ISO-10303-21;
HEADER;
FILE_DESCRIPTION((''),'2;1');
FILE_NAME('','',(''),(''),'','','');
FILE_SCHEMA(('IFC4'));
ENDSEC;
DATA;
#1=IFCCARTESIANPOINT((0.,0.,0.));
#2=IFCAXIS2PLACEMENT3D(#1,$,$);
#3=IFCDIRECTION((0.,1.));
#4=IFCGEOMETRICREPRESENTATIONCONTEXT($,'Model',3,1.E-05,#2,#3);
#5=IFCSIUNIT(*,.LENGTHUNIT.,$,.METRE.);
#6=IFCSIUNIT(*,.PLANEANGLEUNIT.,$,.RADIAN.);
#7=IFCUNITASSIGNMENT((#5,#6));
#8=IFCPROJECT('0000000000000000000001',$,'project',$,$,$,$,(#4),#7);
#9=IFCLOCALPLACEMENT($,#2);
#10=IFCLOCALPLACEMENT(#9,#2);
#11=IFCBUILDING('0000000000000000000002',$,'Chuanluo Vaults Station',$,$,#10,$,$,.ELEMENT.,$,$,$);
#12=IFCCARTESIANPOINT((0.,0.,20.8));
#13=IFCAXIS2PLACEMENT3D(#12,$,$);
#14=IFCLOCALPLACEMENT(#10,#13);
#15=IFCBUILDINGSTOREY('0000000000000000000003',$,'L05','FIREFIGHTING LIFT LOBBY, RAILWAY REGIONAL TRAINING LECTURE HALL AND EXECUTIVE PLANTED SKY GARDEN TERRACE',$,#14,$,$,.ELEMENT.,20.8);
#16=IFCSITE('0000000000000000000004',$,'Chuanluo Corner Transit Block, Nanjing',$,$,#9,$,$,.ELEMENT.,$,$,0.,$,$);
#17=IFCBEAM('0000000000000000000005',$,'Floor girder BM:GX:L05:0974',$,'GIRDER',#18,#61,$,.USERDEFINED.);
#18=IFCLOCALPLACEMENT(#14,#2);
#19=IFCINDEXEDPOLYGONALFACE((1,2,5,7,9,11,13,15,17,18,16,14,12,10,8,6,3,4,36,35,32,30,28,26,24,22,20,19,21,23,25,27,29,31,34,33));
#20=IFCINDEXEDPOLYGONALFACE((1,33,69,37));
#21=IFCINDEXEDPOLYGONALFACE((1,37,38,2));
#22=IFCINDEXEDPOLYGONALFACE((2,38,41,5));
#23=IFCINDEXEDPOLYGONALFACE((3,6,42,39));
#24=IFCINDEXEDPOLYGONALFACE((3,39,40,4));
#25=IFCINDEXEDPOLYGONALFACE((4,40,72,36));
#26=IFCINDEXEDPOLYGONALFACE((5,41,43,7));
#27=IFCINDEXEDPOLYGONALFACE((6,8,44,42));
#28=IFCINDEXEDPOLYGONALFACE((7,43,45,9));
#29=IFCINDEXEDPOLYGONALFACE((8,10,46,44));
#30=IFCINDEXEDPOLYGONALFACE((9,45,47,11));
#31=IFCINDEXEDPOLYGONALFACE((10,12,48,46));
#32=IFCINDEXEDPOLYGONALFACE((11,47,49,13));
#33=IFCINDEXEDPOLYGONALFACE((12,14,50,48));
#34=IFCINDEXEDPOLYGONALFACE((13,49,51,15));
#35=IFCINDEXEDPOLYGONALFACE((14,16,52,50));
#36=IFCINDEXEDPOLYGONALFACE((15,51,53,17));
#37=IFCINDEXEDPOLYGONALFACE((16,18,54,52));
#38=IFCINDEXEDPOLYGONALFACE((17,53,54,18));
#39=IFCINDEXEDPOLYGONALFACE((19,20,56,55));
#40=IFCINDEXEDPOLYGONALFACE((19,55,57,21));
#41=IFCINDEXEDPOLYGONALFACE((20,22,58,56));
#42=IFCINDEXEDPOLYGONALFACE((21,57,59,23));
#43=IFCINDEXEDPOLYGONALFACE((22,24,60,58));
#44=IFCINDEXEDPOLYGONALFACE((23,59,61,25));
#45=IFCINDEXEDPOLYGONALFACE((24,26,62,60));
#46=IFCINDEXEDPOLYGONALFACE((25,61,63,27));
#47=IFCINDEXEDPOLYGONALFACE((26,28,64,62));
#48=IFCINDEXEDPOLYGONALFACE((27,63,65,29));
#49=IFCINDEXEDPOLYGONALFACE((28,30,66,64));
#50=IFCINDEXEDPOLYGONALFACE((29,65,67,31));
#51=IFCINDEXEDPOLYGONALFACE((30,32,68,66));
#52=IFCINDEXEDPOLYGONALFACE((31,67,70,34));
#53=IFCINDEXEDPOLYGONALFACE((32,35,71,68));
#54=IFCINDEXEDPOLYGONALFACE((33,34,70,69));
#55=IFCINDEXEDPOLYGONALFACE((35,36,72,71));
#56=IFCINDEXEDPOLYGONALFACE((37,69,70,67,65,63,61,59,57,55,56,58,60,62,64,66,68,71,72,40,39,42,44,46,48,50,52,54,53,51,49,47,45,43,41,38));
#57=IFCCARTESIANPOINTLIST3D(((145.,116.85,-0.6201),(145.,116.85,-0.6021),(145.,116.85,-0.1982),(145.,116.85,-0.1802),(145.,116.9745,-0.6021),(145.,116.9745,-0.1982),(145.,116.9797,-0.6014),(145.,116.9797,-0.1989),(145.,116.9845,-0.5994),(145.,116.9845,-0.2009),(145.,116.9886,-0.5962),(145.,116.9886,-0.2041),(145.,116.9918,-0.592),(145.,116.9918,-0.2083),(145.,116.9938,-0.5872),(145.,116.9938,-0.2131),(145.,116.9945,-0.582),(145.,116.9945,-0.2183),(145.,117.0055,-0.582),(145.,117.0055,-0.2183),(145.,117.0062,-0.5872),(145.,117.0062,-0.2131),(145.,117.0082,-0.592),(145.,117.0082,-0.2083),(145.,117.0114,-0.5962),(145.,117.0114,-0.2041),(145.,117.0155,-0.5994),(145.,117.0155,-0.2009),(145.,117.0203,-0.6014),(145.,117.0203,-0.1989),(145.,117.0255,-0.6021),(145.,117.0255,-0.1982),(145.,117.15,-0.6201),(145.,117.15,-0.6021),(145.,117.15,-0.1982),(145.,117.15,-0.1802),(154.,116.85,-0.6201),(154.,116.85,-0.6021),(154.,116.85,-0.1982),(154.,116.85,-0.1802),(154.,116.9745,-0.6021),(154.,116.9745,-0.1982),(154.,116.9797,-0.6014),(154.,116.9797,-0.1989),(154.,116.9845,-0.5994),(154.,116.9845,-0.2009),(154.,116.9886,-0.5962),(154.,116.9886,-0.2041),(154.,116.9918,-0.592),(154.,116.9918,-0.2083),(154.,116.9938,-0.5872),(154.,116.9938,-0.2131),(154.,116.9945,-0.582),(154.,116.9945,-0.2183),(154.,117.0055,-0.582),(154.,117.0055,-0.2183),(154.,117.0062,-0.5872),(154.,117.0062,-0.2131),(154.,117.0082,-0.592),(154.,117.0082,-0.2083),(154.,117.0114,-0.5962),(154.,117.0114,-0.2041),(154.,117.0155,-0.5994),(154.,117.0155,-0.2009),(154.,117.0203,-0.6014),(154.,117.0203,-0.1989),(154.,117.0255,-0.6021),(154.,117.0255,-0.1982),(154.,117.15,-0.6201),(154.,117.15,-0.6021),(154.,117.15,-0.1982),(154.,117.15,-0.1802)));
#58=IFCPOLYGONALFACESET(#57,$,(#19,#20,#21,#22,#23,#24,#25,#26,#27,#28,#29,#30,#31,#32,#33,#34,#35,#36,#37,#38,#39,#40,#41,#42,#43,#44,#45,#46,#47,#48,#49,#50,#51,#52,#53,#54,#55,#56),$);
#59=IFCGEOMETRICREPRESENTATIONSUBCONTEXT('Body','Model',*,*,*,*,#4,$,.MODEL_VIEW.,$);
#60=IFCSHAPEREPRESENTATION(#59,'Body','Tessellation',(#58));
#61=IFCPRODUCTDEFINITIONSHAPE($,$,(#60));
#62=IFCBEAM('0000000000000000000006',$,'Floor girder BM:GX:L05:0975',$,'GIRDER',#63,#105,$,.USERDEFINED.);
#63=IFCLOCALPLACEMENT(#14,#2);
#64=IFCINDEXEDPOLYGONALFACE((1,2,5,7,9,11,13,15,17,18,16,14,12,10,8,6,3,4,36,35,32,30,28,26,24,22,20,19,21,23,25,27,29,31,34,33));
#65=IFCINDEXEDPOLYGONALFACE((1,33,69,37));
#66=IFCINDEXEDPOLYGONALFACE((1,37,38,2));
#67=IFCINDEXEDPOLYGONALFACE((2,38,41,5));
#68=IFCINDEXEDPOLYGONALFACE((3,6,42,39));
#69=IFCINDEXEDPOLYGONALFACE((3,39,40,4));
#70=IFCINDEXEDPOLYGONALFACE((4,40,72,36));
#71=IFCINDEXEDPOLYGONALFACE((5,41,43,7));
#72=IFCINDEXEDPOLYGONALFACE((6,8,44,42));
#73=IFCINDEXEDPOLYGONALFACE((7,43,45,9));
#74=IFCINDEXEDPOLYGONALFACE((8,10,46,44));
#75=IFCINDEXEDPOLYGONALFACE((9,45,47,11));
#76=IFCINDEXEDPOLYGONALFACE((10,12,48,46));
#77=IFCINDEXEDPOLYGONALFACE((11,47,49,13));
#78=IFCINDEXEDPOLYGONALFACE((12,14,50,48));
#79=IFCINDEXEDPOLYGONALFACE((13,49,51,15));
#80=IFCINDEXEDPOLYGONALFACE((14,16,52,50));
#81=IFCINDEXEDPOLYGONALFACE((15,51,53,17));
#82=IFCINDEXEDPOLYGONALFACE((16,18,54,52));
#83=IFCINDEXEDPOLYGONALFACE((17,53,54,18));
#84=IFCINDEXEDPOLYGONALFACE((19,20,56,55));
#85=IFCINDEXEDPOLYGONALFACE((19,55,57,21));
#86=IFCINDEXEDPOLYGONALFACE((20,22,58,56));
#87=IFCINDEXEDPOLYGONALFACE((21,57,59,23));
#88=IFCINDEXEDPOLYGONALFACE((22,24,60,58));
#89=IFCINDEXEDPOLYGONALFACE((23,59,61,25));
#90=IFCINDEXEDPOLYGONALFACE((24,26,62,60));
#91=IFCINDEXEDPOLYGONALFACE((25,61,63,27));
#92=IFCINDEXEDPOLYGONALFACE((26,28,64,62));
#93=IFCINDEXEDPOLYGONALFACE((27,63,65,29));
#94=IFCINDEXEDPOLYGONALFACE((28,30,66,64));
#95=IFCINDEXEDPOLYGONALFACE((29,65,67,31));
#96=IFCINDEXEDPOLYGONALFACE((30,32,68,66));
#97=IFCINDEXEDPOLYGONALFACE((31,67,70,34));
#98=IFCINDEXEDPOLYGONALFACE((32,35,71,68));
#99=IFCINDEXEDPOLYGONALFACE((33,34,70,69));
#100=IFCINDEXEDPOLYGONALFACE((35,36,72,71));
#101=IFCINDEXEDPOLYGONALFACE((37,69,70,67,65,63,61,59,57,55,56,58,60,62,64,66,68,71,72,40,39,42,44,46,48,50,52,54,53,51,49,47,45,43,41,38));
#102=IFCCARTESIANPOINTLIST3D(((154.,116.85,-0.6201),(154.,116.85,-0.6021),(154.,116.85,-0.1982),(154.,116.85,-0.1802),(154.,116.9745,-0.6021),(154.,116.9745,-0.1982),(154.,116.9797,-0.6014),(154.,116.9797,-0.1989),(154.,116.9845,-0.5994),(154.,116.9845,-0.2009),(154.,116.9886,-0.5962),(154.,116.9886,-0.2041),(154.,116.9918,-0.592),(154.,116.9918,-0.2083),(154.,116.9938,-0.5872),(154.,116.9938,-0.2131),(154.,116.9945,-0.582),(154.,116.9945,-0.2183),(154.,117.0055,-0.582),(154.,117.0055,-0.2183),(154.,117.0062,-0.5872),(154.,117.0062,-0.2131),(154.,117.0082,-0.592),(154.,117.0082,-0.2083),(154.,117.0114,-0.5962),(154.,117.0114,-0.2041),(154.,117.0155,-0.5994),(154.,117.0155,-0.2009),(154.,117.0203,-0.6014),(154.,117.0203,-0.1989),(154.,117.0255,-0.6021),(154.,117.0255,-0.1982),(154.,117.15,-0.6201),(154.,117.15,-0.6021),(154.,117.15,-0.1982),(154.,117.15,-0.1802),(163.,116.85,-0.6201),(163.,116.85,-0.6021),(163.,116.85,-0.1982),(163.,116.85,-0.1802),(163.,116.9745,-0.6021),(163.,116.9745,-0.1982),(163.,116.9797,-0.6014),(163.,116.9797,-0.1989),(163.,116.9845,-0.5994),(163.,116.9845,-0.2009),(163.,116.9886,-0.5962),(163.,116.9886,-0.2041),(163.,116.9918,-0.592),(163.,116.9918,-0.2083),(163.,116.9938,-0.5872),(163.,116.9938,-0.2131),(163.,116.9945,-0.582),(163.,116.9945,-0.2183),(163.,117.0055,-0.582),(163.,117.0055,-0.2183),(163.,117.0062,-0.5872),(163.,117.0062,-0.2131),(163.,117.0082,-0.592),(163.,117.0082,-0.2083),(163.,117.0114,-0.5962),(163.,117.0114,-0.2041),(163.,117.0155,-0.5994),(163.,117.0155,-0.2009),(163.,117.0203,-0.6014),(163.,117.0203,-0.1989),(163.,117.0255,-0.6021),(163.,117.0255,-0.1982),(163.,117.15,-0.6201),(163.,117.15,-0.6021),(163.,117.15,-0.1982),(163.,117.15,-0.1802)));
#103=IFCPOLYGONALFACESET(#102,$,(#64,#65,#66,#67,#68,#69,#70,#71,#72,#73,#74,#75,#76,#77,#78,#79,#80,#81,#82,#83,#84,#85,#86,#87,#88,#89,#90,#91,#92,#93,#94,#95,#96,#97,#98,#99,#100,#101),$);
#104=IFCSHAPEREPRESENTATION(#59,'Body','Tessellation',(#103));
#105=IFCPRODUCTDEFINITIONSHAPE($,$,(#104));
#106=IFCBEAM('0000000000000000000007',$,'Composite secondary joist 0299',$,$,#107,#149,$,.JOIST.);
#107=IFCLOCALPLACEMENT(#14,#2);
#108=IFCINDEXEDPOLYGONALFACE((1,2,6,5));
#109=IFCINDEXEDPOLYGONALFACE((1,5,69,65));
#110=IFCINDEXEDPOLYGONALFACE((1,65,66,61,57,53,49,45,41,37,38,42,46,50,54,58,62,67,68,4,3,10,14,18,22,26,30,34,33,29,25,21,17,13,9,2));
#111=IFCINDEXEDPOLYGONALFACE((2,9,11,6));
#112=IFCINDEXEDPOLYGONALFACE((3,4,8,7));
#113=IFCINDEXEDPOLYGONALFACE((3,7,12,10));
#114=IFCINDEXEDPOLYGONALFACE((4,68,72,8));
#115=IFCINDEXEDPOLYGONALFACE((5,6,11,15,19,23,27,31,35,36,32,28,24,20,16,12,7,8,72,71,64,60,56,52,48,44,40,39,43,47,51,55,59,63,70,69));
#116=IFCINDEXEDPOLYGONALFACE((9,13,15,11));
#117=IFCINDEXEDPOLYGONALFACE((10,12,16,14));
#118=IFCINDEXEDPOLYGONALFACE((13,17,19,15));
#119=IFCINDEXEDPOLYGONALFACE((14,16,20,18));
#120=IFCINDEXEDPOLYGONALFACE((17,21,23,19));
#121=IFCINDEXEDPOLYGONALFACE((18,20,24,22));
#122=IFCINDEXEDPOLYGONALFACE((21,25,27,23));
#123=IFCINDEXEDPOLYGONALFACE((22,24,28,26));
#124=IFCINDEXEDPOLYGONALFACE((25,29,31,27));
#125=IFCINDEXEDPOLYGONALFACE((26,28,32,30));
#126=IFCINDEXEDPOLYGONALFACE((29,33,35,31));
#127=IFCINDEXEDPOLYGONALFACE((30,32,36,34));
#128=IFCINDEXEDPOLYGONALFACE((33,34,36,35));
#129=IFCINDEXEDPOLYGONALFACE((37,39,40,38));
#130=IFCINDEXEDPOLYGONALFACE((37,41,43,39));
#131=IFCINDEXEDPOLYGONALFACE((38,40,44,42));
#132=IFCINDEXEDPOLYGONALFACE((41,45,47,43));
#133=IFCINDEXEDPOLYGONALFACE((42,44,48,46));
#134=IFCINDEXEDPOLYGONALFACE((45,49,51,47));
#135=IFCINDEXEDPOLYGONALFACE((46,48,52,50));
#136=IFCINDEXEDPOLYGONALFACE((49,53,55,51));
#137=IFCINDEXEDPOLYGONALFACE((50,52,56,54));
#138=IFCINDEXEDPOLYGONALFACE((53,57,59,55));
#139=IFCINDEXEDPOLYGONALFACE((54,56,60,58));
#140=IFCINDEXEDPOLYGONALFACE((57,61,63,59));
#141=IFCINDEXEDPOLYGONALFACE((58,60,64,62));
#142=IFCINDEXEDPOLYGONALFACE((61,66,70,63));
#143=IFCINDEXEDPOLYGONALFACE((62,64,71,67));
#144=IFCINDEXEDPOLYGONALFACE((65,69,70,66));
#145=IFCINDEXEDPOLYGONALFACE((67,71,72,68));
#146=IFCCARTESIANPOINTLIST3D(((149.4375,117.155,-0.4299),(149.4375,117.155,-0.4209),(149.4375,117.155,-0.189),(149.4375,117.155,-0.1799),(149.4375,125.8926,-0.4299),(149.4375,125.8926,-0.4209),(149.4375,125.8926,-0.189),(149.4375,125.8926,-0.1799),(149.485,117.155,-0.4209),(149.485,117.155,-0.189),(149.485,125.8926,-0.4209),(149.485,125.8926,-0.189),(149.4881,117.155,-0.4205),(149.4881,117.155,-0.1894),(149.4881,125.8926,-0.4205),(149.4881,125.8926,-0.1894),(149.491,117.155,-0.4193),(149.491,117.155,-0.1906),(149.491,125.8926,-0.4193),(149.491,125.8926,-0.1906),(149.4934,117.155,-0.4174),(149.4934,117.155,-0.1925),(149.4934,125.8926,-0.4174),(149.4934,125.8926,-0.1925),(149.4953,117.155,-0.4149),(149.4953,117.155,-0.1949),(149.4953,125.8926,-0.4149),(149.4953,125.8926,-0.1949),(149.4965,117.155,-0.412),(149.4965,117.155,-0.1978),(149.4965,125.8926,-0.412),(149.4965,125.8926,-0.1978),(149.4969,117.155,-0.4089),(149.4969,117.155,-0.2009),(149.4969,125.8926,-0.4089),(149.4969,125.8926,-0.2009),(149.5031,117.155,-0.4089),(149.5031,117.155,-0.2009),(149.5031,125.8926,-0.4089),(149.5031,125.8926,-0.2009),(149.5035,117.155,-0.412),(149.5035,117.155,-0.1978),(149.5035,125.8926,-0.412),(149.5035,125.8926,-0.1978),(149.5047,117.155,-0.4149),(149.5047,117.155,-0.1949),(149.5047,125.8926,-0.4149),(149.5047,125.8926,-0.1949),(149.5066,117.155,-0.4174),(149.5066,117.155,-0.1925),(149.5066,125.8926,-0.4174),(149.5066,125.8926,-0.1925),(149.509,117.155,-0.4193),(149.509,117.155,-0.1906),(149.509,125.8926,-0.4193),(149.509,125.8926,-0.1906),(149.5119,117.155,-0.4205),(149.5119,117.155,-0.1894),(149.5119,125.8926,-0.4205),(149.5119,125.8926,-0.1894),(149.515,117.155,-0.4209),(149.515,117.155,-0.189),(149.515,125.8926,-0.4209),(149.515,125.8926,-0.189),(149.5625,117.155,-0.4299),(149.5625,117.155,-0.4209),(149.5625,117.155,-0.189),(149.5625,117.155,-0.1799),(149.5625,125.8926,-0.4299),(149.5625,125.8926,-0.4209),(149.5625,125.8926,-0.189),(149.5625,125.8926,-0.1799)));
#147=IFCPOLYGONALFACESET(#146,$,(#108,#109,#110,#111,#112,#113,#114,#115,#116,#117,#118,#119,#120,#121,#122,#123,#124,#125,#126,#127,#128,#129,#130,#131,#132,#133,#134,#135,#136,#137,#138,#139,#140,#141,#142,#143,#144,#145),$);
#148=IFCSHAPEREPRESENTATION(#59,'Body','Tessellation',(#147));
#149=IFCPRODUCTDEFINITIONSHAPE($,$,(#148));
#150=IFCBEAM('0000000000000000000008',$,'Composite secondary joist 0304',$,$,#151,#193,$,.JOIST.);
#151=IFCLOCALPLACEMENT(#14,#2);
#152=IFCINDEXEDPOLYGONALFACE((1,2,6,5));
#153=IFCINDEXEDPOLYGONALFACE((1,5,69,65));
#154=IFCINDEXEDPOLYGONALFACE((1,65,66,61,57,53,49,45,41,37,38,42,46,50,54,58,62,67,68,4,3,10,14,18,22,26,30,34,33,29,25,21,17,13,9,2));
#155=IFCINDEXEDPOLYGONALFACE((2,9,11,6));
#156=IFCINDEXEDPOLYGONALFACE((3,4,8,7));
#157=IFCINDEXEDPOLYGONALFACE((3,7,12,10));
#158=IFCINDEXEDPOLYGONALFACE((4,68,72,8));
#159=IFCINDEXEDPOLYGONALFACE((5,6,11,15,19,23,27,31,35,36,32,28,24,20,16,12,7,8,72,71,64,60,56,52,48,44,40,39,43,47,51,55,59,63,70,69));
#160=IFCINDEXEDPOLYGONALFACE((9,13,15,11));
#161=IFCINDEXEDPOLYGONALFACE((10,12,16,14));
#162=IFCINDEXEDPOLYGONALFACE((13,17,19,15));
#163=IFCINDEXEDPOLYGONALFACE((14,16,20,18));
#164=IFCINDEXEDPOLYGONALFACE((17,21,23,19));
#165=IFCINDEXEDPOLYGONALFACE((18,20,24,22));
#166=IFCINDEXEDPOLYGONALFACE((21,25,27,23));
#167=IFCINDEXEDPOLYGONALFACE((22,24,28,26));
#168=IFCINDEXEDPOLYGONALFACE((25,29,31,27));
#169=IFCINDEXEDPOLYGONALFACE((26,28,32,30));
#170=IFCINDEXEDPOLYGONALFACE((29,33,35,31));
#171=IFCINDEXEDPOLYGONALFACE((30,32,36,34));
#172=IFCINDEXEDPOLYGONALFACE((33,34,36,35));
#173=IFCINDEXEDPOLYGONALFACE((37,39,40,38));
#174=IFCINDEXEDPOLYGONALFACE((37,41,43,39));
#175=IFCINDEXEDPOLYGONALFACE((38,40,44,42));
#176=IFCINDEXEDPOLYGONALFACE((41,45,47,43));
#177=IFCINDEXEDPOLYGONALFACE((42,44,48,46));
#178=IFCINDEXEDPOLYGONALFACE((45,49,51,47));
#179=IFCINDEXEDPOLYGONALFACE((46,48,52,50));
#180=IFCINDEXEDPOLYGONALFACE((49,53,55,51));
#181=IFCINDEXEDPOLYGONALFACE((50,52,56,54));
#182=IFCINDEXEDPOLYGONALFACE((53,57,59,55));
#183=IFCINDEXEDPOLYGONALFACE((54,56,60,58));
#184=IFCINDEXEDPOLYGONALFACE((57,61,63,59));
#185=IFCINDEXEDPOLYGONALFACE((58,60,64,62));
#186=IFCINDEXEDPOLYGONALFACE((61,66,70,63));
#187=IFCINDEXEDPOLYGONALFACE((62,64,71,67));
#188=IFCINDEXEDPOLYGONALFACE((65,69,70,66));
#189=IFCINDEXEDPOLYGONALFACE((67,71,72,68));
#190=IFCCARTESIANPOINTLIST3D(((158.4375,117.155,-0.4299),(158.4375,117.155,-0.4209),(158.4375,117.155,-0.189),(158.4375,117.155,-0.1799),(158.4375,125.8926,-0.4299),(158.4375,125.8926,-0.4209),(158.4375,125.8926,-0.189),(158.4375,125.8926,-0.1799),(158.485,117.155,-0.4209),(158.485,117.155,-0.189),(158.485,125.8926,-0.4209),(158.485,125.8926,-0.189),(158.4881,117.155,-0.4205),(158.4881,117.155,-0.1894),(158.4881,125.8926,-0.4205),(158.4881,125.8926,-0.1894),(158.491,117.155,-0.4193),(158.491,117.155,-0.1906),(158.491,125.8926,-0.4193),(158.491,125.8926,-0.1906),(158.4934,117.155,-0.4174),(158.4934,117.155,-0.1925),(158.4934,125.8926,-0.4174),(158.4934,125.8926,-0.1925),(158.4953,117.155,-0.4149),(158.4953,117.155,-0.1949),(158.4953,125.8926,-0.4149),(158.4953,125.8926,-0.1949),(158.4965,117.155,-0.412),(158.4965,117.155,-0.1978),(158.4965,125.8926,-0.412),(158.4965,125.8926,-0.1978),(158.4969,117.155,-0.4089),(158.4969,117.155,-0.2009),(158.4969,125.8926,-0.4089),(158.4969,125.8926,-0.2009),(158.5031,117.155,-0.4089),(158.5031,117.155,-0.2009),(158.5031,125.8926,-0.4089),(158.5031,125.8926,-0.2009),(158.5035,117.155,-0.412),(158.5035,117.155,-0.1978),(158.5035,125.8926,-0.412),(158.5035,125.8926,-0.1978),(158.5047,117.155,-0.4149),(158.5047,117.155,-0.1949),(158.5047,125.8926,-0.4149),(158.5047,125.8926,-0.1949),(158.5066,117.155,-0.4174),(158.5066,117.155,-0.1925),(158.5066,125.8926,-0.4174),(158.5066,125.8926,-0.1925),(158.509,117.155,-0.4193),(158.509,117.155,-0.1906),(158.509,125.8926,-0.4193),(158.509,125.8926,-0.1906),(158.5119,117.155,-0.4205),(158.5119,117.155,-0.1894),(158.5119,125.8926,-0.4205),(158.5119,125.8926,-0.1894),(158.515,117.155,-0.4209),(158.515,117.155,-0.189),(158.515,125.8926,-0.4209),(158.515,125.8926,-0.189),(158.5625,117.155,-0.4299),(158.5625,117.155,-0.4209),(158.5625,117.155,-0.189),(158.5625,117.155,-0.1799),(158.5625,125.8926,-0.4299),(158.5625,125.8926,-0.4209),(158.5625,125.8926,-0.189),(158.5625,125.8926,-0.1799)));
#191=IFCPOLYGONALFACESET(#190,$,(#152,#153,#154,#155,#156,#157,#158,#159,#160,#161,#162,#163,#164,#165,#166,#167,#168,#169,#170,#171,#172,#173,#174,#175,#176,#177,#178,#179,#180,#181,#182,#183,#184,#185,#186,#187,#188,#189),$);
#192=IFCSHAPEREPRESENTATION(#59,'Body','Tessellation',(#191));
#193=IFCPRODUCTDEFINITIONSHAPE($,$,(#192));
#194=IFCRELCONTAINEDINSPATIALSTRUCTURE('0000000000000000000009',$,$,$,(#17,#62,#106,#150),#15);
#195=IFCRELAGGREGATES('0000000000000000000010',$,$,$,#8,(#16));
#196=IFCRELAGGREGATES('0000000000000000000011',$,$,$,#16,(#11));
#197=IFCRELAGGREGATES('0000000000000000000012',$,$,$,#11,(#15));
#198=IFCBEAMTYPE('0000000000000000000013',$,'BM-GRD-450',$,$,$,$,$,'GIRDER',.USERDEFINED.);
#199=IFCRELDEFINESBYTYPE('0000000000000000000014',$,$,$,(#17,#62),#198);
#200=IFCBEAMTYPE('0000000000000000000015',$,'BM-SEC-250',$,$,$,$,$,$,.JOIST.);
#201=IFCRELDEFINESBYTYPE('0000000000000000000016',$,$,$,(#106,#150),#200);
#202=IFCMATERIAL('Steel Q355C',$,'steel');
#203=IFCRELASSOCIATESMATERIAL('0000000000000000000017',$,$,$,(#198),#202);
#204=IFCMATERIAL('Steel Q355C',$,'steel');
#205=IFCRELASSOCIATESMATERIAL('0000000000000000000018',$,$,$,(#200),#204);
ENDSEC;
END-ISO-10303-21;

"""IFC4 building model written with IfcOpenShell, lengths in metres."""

from ifc_helpers import new_model, si_unit, direction, frame, origin, origin_2d, place, context, subcontext, project, spatial, i_section, extrude, material, material_profile, profile_set, type_object, element, save


model = new_model("IFC4")

# Units and contexts
model_context = context("Model", 3, precision=1e-05, world=origin(), true_north=direction((0.0, 1.0)))
body_context = subcontext(model_context, "Body", "Model", "MODEL_VIEW")
ifc_project = project(units=[si_unit("LENGTHUNIT", "METRE"), si_unit("PLANEANGLEUNIT", "RADIAN")], contexts=[model_context])

# Site, building, storey
site_placement = place(None, origin())
site = spatial("IfcSite", under=ifc_project, at=site_placement, Name="Chuanluo Corner Transit Block, Nanjing", CompositionType="ELEMENT", RefElevation=0.0)
building_placement = place(site_placement, origin())
building = spatial("IfcBuilding", under=site, at=building_placement, Name="Chuanluo Vaults Station", CompositionType="ELEMENT")
storey_placement = place(building_placement, frame((0.0, 0.0, 20.8)))
storey = spatial("IfcBuildingStorey", under=building, at=storey_placement, Name="L05", Description="FIREFIGHTING LIFT LOBBY, RAILWAY REGIONAL TRAINING LECTURE HALL AND EXECUTIVE PLANTED SKY GARDEN TERRACE", CompositionType="ELEMENT", Elevation=20.8)

# Beams
ifc_material_1 = material(Name="Steel Q355C", Category="steel")
ifc_material_profile_1 = material_profile(ifc_material_1, i_section(OverallWidth=0.3, OverallDepth=0.4399, WebThickness=0.011, FlangeThickness=0.0181, FilletRadius=0.02, at=origin_2d()))
ifc_profile_set_1 = profile_set([ifc_material_profile_1], Name="Steel Q355C")
beam_type_1 = type_object("IfcBeamType", Name="BM-GRD-450", ElementType="GIRDER", PredefinedType="USERDEFINED", material=ifc_profile_set_1)
for number, where, z_axis, x_axis, name in (
    (1, (145.0, 117.0, -0.4001), (1.0, 0.0, 0.0), (0.0, 1.0, 0.0), "Floor girder BM:GX:L05:0974"),
    (2, (154.0, 117.0, -0.4001), (1.0, 0.0, 0.0), (0.0, 1.0, 0.0), "Floor girder BM:GX:L05:0975"),
):
    element("IfcBeam", number, at=place(storey_placement, frame(where, z_axis=z_axis, x_axis=x_axis)), inside=storey, type_object=beam_type_1, Name=name, ObjectType="GIRDER", PredefinedType="USERDEFINED", context=body_context, shape_type="SweptSolid", body=[
        extrude(i_section(OverallWidth=0.3, OverallDepth=0.4399, WebThickness=0.011, FlangeThickness=0.0181, FilletRadius=0.02, at=origin_2d()), origin(), (0.0, 0.0, 1.0), 9.0),
    ])
ifc_material_2 = material(Name="Steel Q355C", Category="steel")
ifc_material_profile_2 = material_profile(ifc_material_2, i_section(OverallWidth=0.125, OverallDepth=0.25, WebThickness=0.0061, FlangeThickness=0.009, FilletRadius=0.012, at=origin_2d()))
ifc_profile_set_2 = profile_set([ifc_material_profile_2], Name="Steel Q355C")
beam_type_2 = type_object("IfcBeamType", Name="BM-SEC-250", PredefinedType="JOIST", material=ifc_profile_set_2)
for number, where, z_axis, x_axis, name in (
    (3, (149.5, 117.155, -0.3049), (0.0, 1.0, 0.0), (-1.0, 0.0, 0.0), "Composite secondary joist 0299"),
    (4, (158.5, 117.155, -0.3049), (0.0, 1.0, 0.0), (-1.0, 0.0, 0.0), "Composite secondary joist 0304"),
):
    element("IfcBeam", number, at=place(storey_placement, frame(where, z_axis=z_axis, x_axis=x_axis)), inside=storey, type_object=beam_type_2, Name=name, PredefinedType="JOIST", context=body_context, shape_type="SweptSolid", body=[
        extrude(i_section(OverallWidth=0.125, OverallDepth=0.25, WebThickness=0.0061, FlangeThickness=0.009, FilletRadius=0.012, at=origin_2d()), origin(), (0.0, 0.0, 1.0), 8.7375),
    ])

save(model, "model.ifc")
